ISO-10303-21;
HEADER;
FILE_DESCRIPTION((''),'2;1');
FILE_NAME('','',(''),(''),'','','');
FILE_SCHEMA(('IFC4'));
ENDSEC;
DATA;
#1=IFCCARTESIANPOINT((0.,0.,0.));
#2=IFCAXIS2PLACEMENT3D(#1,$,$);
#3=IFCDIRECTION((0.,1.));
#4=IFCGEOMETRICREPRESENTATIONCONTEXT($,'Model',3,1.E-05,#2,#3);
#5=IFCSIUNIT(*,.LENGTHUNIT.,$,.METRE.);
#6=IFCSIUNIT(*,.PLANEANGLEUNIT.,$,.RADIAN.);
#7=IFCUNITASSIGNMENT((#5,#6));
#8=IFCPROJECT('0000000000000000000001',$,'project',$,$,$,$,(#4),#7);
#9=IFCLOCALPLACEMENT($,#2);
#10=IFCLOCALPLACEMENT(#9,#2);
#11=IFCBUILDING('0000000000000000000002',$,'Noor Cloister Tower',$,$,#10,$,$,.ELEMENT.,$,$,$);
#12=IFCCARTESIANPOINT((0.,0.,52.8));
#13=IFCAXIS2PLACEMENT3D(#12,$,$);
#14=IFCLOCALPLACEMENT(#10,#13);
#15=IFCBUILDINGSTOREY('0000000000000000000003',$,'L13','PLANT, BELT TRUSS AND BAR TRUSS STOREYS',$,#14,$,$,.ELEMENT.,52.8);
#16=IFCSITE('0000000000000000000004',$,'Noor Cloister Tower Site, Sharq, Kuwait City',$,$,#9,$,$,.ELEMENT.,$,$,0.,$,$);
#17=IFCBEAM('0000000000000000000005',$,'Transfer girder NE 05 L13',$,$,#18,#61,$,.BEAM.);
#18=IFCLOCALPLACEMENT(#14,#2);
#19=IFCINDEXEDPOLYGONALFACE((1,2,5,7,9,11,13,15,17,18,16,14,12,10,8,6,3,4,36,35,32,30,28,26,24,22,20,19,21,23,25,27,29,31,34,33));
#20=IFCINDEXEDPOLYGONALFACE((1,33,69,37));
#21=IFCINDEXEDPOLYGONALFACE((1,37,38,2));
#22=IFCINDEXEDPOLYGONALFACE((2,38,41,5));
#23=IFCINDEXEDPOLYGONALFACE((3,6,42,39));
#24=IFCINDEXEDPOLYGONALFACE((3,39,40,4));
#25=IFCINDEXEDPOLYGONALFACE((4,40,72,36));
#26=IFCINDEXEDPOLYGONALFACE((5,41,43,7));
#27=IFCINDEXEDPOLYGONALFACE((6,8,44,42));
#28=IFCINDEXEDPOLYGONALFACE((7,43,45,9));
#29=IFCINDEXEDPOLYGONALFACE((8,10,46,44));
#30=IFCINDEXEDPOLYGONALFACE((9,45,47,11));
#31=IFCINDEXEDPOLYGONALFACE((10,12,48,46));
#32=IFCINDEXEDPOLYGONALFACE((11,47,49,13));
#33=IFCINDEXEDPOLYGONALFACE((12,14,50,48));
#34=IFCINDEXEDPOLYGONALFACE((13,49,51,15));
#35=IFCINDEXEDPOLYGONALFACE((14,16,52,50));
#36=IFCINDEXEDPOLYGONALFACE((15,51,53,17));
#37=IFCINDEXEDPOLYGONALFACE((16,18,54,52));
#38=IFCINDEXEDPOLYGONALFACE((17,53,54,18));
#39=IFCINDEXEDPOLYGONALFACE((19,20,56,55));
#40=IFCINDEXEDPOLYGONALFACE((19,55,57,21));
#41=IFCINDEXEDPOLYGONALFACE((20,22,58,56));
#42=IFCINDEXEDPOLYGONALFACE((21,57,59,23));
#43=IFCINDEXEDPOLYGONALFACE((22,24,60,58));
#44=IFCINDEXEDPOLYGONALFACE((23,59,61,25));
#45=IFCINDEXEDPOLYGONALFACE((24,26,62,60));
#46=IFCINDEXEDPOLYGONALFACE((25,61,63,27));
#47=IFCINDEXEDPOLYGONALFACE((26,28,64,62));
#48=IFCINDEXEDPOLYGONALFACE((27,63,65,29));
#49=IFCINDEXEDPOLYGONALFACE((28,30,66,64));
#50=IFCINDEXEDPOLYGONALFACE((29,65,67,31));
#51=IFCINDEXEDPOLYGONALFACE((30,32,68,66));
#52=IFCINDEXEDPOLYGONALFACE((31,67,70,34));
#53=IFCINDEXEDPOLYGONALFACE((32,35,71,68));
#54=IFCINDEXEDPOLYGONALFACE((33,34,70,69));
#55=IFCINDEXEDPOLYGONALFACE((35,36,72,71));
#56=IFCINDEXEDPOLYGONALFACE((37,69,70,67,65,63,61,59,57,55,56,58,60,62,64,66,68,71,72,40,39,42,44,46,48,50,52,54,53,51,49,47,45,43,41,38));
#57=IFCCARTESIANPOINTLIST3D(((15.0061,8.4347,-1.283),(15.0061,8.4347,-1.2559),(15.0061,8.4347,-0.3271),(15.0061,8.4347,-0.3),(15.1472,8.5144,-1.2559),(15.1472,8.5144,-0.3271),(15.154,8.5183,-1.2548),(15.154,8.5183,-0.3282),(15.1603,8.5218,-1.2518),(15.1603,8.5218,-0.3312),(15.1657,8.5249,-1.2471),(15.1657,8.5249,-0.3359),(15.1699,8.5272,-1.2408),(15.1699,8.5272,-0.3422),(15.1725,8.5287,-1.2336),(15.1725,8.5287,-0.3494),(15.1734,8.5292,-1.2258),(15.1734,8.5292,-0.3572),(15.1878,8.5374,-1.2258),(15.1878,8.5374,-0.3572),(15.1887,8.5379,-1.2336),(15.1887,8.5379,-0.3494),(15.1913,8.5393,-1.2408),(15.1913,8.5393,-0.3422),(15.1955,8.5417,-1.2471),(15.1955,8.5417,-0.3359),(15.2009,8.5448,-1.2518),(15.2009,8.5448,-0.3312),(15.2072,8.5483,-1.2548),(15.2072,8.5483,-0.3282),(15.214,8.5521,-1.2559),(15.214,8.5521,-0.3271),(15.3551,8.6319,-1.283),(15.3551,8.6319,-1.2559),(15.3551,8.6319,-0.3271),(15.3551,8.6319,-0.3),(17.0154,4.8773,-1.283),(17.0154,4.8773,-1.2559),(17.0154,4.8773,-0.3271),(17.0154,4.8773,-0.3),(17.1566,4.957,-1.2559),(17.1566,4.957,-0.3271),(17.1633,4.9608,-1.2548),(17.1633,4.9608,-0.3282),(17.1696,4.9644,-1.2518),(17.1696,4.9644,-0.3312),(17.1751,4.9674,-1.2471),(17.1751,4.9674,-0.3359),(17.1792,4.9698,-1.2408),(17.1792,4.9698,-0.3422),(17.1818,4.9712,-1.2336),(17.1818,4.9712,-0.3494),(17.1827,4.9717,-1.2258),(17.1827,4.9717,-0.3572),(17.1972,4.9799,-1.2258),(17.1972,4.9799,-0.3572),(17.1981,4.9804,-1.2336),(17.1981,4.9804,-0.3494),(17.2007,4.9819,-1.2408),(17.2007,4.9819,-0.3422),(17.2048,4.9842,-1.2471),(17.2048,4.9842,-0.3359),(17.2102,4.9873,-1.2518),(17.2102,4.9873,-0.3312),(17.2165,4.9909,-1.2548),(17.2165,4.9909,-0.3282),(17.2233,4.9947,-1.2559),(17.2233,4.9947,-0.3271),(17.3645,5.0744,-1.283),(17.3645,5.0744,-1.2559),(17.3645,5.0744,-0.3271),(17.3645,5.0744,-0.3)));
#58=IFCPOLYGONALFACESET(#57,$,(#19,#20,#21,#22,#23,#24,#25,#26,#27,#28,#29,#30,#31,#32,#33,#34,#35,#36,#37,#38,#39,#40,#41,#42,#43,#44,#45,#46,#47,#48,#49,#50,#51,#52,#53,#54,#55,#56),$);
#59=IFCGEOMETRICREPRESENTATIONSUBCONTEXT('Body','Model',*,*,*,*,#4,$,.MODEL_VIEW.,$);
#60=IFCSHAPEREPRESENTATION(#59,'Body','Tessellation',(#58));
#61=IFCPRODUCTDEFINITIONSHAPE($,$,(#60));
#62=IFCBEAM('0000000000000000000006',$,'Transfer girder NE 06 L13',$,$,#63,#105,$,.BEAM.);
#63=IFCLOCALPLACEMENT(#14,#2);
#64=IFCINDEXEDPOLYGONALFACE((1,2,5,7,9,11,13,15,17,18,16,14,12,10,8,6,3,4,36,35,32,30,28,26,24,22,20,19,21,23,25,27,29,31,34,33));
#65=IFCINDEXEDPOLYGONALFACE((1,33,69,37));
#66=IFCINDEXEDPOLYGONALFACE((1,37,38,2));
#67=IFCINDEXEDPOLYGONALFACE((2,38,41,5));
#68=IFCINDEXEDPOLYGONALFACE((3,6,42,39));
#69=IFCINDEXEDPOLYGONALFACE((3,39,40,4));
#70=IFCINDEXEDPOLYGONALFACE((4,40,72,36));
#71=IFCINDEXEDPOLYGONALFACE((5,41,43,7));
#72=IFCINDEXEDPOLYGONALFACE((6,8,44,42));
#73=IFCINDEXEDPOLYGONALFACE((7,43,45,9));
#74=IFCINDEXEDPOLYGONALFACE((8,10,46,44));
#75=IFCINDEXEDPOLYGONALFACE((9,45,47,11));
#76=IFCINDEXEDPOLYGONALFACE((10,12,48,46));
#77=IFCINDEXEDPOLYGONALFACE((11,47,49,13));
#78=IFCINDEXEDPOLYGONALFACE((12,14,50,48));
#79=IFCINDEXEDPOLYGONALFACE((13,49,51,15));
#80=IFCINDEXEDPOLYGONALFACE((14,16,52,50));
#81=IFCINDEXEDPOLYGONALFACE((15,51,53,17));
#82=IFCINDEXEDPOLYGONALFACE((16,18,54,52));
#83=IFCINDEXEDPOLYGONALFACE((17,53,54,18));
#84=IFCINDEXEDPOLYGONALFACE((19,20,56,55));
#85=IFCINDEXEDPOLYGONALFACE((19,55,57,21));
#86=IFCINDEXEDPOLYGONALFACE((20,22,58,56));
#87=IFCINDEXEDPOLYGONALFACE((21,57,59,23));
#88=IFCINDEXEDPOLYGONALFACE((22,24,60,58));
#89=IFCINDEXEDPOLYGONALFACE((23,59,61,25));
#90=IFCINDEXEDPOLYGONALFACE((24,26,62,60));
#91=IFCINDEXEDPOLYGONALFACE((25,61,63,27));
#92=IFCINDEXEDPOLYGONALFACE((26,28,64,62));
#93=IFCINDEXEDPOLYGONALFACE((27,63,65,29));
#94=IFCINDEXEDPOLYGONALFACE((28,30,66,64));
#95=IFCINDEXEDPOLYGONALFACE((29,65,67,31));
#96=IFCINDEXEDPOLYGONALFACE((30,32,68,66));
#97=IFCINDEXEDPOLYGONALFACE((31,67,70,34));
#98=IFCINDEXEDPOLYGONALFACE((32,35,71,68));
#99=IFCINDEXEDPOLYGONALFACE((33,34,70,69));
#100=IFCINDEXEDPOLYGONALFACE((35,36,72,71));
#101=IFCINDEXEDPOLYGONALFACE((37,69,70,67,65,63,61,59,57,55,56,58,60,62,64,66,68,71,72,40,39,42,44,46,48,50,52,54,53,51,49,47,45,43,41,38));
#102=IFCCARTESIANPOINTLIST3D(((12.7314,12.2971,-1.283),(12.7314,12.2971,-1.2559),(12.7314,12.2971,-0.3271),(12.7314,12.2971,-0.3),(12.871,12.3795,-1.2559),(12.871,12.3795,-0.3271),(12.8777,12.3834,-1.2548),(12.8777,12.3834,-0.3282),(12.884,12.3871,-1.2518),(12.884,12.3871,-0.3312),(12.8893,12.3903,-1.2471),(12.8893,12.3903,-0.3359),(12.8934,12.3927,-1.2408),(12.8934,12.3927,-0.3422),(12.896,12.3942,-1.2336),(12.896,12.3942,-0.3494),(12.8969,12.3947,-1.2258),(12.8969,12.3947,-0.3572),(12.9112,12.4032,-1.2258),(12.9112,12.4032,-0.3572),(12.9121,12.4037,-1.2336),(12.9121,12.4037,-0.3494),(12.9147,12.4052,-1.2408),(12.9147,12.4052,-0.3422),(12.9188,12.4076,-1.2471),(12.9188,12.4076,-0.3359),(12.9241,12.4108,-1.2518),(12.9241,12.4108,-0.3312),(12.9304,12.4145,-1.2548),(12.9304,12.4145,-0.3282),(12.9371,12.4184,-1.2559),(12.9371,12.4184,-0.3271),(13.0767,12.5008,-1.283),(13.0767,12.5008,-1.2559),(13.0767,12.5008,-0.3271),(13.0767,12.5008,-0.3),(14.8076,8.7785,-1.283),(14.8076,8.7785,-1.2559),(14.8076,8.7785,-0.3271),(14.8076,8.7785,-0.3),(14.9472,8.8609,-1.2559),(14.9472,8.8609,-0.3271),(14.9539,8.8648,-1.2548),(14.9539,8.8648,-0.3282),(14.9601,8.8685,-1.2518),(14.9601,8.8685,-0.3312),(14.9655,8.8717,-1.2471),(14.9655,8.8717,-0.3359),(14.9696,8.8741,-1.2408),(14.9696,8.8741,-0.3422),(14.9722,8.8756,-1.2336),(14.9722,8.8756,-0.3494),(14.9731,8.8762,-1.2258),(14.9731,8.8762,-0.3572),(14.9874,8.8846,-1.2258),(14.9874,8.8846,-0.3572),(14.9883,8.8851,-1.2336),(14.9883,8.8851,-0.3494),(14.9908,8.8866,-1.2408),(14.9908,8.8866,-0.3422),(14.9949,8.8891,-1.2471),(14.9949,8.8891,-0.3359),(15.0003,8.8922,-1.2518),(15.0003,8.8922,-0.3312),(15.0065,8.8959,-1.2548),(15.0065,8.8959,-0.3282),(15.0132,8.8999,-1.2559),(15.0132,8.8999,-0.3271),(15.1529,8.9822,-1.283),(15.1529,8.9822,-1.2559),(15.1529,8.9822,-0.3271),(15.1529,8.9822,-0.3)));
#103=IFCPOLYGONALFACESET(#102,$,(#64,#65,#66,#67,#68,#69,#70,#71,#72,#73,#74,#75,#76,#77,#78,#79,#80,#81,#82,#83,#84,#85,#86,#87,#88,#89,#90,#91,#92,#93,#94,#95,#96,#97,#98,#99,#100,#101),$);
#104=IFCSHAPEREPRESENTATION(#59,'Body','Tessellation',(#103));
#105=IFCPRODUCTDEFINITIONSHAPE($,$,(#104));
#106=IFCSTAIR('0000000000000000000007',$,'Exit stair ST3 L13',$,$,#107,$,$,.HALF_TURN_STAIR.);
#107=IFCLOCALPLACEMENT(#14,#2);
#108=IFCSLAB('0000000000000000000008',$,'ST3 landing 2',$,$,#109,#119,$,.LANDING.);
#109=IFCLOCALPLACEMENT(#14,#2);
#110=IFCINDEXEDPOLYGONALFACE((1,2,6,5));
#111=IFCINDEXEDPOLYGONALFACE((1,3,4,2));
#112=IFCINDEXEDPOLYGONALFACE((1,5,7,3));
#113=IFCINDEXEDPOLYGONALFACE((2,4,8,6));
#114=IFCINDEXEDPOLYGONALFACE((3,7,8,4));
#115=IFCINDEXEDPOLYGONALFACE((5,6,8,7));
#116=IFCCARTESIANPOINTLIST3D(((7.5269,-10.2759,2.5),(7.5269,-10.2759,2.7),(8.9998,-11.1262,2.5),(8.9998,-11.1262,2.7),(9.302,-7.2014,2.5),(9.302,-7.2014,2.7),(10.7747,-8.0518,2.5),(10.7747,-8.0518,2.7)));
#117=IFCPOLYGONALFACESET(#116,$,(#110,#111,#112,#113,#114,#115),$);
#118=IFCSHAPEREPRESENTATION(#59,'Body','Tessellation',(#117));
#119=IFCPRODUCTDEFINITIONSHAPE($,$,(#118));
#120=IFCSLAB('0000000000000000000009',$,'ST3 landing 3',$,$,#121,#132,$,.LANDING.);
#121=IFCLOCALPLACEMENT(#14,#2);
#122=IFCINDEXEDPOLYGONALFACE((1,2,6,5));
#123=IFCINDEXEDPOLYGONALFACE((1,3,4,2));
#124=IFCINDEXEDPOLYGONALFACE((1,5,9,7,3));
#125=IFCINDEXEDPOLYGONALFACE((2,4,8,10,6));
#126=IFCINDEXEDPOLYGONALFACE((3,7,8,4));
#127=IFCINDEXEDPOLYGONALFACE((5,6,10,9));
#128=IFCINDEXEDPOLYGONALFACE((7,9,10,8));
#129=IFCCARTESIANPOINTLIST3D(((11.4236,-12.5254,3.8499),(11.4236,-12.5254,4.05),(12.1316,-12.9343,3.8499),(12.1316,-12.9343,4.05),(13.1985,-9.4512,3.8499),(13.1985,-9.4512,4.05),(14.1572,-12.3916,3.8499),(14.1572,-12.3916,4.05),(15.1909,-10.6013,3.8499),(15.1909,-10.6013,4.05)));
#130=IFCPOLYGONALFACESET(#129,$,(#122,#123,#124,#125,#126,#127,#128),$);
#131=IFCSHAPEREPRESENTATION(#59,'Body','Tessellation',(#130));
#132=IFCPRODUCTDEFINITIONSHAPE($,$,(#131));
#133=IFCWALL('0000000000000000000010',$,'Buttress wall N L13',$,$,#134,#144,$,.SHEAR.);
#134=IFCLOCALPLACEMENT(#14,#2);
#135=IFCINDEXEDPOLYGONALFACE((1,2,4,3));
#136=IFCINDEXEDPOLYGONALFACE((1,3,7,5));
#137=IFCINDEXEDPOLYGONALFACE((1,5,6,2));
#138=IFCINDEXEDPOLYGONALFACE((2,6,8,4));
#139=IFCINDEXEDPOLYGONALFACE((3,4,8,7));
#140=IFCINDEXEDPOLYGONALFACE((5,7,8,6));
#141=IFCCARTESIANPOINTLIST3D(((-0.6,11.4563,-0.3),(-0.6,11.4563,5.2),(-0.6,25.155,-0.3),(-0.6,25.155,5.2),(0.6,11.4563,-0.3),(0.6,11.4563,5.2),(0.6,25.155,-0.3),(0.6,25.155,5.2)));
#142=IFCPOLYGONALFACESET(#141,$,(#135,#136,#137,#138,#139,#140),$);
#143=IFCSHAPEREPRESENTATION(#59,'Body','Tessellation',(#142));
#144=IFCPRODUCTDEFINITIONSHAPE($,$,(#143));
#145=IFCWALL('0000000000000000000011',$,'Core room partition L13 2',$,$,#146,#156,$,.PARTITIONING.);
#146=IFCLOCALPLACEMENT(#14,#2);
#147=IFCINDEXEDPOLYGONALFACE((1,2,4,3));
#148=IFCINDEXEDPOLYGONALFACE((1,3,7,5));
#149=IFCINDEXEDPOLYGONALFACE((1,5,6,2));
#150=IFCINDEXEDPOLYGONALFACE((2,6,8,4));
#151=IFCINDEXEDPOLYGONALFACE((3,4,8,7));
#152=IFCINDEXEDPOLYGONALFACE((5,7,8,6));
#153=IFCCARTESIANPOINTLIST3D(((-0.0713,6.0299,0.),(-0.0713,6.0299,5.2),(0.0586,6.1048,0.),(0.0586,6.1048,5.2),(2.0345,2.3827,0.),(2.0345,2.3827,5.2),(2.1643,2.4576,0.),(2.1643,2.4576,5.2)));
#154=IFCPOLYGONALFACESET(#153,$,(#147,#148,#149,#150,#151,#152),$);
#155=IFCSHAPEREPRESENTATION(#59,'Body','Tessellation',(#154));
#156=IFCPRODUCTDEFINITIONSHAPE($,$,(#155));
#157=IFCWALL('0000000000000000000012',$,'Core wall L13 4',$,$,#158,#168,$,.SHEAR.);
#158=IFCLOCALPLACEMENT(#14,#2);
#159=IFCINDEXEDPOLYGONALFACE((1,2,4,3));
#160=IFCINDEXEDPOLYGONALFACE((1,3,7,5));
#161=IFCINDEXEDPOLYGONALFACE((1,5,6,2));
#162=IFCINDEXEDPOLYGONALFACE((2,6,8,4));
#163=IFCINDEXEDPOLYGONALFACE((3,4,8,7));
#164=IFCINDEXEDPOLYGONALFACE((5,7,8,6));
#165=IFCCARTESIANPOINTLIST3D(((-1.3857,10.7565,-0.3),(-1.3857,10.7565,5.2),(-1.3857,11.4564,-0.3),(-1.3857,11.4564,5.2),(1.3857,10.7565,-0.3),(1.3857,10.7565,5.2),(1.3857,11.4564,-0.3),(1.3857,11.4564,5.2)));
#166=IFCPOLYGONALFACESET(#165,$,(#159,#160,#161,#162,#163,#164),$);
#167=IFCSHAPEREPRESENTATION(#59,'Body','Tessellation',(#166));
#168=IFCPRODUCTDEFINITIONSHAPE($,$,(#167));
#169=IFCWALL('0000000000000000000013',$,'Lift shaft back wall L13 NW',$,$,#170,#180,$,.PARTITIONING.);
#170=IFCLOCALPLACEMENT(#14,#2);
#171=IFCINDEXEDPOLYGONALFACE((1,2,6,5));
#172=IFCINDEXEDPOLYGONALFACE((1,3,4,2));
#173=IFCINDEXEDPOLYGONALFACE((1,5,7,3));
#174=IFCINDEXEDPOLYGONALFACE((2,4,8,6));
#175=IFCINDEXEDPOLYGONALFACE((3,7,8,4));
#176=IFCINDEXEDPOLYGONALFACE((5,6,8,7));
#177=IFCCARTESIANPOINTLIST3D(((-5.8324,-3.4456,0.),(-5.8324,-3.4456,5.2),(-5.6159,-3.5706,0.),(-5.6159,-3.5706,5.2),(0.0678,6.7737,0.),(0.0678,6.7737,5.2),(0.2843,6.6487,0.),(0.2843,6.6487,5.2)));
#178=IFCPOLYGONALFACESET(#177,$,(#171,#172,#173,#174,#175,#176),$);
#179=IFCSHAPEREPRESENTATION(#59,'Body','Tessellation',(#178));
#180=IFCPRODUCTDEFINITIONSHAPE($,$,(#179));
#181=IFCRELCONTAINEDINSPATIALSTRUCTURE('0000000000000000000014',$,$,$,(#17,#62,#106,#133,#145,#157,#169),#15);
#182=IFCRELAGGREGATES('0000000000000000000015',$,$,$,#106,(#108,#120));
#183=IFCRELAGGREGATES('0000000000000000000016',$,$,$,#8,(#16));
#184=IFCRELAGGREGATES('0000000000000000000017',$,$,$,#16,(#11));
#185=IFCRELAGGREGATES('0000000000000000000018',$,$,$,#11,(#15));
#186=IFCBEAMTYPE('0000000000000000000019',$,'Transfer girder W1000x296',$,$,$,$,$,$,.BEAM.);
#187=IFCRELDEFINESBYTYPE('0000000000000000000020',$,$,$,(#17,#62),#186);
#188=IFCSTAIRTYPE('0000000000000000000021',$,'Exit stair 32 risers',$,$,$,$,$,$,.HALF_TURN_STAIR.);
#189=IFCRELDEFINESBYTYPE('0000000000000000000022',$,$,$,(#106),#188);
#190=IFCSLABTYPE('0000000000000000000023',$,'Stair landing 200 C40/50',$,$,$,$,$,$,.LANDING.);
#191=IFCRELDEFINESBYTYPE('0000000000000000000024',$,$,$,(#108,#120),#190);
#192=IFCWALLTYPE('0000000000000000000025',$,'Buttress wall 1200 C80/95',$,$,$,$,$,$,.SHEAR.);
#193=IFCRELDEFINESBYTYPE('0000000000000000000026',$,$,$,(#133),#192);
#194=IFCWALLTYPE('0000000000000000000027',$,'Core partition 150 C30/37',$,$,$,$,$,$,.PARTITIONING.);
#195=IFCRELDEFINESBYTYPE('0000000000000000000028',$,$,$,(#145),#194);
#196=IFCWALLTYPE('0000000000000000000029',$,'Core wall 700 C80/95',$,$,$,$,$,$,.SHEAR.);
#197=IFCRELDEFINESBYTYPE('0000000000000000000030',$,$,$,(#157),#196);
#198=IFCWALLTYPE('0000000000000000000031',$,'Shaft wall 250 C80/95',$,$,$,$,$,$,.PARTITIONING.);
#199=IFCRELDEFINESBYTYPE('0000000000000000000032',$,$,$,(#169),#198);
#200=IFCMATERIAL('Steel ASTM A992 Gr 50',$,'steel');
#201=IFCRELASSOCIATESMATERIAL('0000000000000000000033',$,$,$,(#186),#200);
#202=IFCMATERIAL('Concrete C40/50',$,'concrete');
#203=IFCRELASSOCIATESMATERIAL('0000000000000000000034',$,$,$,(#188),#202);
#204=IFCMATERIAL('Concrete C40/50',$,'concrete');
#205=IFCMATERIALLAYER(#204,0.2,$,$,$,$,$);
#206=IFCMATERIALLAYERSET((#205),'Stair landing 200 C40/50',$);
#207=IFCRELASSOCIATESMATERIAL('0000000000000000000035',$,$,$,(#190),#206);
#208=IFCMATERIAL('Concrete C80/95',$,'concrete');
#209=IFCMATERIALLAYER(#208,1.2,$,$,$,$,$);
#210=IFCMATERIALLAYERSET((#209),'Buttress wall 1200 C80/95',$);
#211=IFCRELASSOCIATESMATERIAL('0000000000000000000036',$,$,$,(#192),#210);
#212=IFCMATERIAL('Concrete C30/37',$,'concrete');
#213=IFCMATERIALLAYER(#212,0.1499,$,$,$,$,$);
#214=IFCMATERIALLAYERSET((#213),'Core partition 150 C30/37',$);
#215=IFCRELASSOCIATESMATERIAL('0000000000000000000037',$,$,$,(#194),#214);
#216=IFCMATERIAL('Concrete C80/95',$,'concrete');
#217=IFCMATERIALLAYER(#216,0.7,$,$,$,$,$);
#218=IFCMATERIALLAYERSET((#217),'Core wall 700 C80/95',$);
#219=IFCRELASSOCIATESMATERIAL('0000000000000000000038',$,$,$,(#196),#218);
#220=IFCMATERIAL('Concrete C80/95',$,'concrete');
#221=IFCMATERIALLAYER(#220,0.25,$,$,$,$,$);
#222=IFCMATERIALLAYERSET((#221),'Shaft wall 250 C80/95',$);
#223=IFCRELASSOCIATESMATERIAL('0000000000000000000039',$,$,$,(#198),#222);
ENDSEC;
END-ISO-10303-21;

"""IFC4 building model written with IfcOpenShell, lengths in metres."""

from ifc_helpers import new_model, si_unit, direction, frame, frame_2d, origin, origin_2d, place, context, subcontext, project, spatial, polyline, rectangle, i_section, outline, extrude, material, layer, layer_set, material_profile, profile_set, type_object, element, aggregate, save


model = new_model("IFC4")

# Units and contexts
model_context = context("Model", 3, precision=1e-05, world=origin(), true_north=direction((0.0, 1.0)))
body_context = subcontext(model_context, "Body", "Model", "MODEL_VIEW")
ifc_project = project(units=[si_unit("LENGTHUNIT", "METRE"), si_unit("PLANEANGLEUNIT", "RADIAN")], contexts=[model_context])

# Site, building, storey
site_placement = place(None, origin())
site = spatial("IfcSite", under=ifc_project, at=site_placement, Name="Noor Cloister Tower Site, Sharq, Kuwait City", CompositionType="ELEMENT", RefElevation=0.0)
building_placement = place(site_placement, origin())
building = spatial("IfcBuilding", under=site, at=building_placement, Name="Noor Cloister Tower", CompositionType="ELEMENT")
storey_placement = place(building_placement, frame((0.0, 0.0, 52.8)))
storey = spatial("IfcBuildingStorey", under=building, at=storey_placement, Name="L13", Description="PLANT, BELT TRUSS AND BAR TRUSS STOREYS", CompositionType="ELEMENT", Elevation=52.8)

# Beams
ifc_material_1 = material(Name="Steel ASTM A992 Gr 50", Category="steel")
ifc_material_profile_1 = material_profile(ifc_material_1, i_section(OverallWidth=0.4009, OverallDepth=0.9829, WebThickness=0.0166, FlangeThickness=0.0271, FilletRadius=0.03, at=origin_2d()), Name="W1000x296")
ifc_profile_set_1 = profile_set([ifc_material_profile_1], Name="Steel ASTM A992 Gr 50")
beam_type_1 = type_object("IfcBeamType", Name="Transfer girder W1000x296", PredefinedType="BEAM", material=ifc_profile_set_1)
for number, where, z_axis, x_axis, name in (
    (1, (17.1899, 4.9758, -0.7915), (-0.491795, 0.870711, 0.0), (-0.870711, -0.491795, 0.0), "Transfer girder NE 05 L13"),
):
    element("IfcBeam", number, at=place(storey_placement, frame(where, z_axis=z_axis, x_axis=x_axis)), inside=storey, type_object=beam_type_1, Name=name, PredefinedType="BEAM", context=body_context, shape_type="SweptSolid", body=[
        extrude(i_section(OverallWidth=0.4009, OverallDepth=0.9829, WebThickness=0.0166, FlangeThickness=0.0271, FilletRadius=0.03, at=origin_2d()), origin(), (0.0, 0.0, 1.0), 4.0857),
    ])
beam_1_placement = place(storey_placement, frame((14.9802, 8.8804, -0.7915), z_axis=(-0.50819, 0.861245, 0.0), x_axis=(-0.861245, -0.50819, 0.0)))
element("IfcBeam", 2, at=beam_1_placement, inside=storey, type_object=beam_type_1, Name="Transfer girder NE 06 L13", PredefinedType="BEAM", context=body_context, shape_type="SweptSolid", body=[
    extrude(i_section(OverallWidth=0.4009, OverallDepth=0.9829, WebThickness=0.0166, FlangeThickness=0.0271, FilletRadius=0.03, at=origin_2d()), origin(), (0.0, 0.0, 1.0), 4.0854),
])

# Stair, slabs
ifc_material_2 = material(Name="Concrete C40/50", Category="concrete")
stair_type = type_object("IfcStairType", Name="Exit stair 32 risers", PredefinedType="HALF_TURN_STAIR", material=ifc_material_2)
stair_placement = place(storey_placement, origin())
stair = element("IfcStair", 3, at=stair_placement, inside=storey, type_object=stair_type, Name="Exit stair ST3 L13", PredefinedType="HALF_TURN_STAIR")
ifc_material_3 = material(Name="Concrete C40/50", Category="concrete")
ifc_layer_1 = layer(ifc_material_3, 0.2)
ifc_layer_set_1 = layer_set([ifc_layer_1], Name="Stair landing 200 C40/50")
slab_type = type_object("IfcSlabType", Name="Stair landing 200 C40/50", PredefinedType="LANDING", material=ifc_layer_set_1)
slab_1_placement = place(storey_placement, frame((0.0, 0.0, 2.5)))
slab_1 = element("IfcSlab", 4, at=slab_1_placement, type_object=slab_type, Name="ST3 landing 2", PredefinedType="LANDING", context=body_context, shape_type="SweptSolid", body=[
    extrude(outline(polyline([(10.7747, -8.0518), (9.302, -7.2014), (7.5269, -10.2759), (8.9998, -11.1262), (10.7747, -8.0518)])), origin(), (0.0, 0.0, 1.0), 0.2),
])
slab_2_placement = place(storey_placement, frame((0.0, 0.0, 3.8499)))
slab_2 = element("IfcSlab", 5, at=slab_2_placement, type_object=slab_type, Name="ST3 landing 3", PredefinedType="LANDING", context=body_context, shape_type="SweptSolid", body=[
    extrude(outline(polyline([(11.4236, -12.5254), (12.1316, -12.9343), (14.1572, -12.3916), (15.1909, -10.6013), (13.1985, -9.4512), (11.4236, -12.5254)])), origin(), (0.0, 0.0, 1.0), 0.2002),
])
aggregate(stair, [slab_1, slab_2])

# Walls
ifc_material_4 = material(Name="Concrete C80/95", Category="concrete")
ifc_layer_2 = layer(ifc_material_4, 1.2)
ifc_layer_set_2 = layer_set([ifc_layer_2], Name="Buttress wall 1200 C80/95")
wall_type_1 = type_object("IfcWallType", Name="Buttress wall 1200 C80/95", PredefinedType="SHEAR", material=ifc_layer_set_2)
wall_1_placement = place(storey_placement, frame((0.0, 11.4563, -0.3), z_axis=(0.0, 0.0, 1.0), x_axis=(0.0, 1.0, 0.0)))
element("IfcWall", 6, at=wall_1_placement, inside=storey, type_object=wall_type_1, Name="Buttress wall N L13", PredefinedType="SHEAR", context=body_context, shape_type="SweptSolid", body=[
    extrude(rectangle(XDim=13.6987, YDim=1.2, at=frame_2d((6.8494, 0.0))), origin(), (0.0, 0.0, 1.0), 5.5),
])
ifc_material_5 = material(Name="Concrete C30/37", Category="concrete")
ifc_layer_3 = layer(ifc_material_5, 0.1499)
ifc_layer_set_3 = layer_set([ifc_layer_3], Name="Core partition 150 C30/37")
wall_type_2 = type_object("IfcWallType", Name="Core partition 150 C30/37", PredefinedType="PARTITIONING", material=ifc_layer_set_3)
wall_2_placement = place(storey_placement, frame((2.0994, 2.4202, 0.0), z_axis=(0.0, 0.0, 1.0), x_axis=(-0.499998, 0.866026, 0.0)))
element("IfcWall", 7, at=wall_2_placement, inside=storey, type_object=wall_type_2, Name="Core room partition L13 2", PredefinedType="PARTITIONING", context=body_context, shape_type="SweptSolid", body=[
    extrude(rectangle(XDim=4.2114, YDim=0.1499, at=frame_2d((2.1057, 0.0))), origin(), (0.0, 0.0, 1.0), 5.2),
])
ifc_material_6 = material(Name="Concrete C80/95", Category="concrete")
ifc_layer_4 = layer(ifc_material_6, 0.7)
ifc_layer_set_4 = layer_set([ifc_layer_4], Name="Core wall 700 C80/95")
wall_type_3 = type_object("IfcWallType", Name="Core wall 700 C80/95", PredefinedType="SHEAR", material=ifc_layer_set_4)
wall_3_placement = place(storey_placement, frame((1.3857, 11.1064, -0.3), z_axis=(0.0, 0.0, 1.0), x_axis=(-1.0, 0.0, 0.0)))
element("IfcWall", 8, at=wall_3_placement, inside=storey, type_object=wall_type_3, Name="Core wall L13 4", PredefinedType="SHEAR", context=body_context, shape_type="SweptSolid", body=[
    extrude(rectangle(XDim=2.7715, YDim=0.7, at=frame_2d((1.3857, 0.0))), origin(), (0.0, 0.0, 1.0), 5.5),
])
ifc_material_7 = material(Name="Concrete C80/95", Category="concrete")
ifc_layer_5 = layer(ifc_material_7, 0.25)
ifc_layer_set_5 = layer_set([ifc_layer_5], Name="Shaft wall 250 C80/95")
wall_type_4 = type_object("IfcWallType", Name="Shaft wall 250 C80/95", PredefinedType="PARTITIONING", material=ifc_layer_set_5)
wall_4_placement = place(storey_placement, frame((0.176, 6.7112, 0.0), z_axis=(0.0, 0.0, 1.0), x_axis=(-0.500004, -0.866023, 0.0)))
element("IfcWall", 9, at=wall_4_placement, inside=storey, type_object=wall_type_4, Name="Lift shaft back wall L13 NW", PredefinedType="PARTITIONING", context=body_context, shape_type="SweptSolid", body=[
    extrude(rectangle(XDim=11.8003, YDim=0.25, at=frame_2d((5.9001, 0.0))), origin(), (0.0, 0.0, 1.0), 5.2),
])

save(model, "model.ifc")
